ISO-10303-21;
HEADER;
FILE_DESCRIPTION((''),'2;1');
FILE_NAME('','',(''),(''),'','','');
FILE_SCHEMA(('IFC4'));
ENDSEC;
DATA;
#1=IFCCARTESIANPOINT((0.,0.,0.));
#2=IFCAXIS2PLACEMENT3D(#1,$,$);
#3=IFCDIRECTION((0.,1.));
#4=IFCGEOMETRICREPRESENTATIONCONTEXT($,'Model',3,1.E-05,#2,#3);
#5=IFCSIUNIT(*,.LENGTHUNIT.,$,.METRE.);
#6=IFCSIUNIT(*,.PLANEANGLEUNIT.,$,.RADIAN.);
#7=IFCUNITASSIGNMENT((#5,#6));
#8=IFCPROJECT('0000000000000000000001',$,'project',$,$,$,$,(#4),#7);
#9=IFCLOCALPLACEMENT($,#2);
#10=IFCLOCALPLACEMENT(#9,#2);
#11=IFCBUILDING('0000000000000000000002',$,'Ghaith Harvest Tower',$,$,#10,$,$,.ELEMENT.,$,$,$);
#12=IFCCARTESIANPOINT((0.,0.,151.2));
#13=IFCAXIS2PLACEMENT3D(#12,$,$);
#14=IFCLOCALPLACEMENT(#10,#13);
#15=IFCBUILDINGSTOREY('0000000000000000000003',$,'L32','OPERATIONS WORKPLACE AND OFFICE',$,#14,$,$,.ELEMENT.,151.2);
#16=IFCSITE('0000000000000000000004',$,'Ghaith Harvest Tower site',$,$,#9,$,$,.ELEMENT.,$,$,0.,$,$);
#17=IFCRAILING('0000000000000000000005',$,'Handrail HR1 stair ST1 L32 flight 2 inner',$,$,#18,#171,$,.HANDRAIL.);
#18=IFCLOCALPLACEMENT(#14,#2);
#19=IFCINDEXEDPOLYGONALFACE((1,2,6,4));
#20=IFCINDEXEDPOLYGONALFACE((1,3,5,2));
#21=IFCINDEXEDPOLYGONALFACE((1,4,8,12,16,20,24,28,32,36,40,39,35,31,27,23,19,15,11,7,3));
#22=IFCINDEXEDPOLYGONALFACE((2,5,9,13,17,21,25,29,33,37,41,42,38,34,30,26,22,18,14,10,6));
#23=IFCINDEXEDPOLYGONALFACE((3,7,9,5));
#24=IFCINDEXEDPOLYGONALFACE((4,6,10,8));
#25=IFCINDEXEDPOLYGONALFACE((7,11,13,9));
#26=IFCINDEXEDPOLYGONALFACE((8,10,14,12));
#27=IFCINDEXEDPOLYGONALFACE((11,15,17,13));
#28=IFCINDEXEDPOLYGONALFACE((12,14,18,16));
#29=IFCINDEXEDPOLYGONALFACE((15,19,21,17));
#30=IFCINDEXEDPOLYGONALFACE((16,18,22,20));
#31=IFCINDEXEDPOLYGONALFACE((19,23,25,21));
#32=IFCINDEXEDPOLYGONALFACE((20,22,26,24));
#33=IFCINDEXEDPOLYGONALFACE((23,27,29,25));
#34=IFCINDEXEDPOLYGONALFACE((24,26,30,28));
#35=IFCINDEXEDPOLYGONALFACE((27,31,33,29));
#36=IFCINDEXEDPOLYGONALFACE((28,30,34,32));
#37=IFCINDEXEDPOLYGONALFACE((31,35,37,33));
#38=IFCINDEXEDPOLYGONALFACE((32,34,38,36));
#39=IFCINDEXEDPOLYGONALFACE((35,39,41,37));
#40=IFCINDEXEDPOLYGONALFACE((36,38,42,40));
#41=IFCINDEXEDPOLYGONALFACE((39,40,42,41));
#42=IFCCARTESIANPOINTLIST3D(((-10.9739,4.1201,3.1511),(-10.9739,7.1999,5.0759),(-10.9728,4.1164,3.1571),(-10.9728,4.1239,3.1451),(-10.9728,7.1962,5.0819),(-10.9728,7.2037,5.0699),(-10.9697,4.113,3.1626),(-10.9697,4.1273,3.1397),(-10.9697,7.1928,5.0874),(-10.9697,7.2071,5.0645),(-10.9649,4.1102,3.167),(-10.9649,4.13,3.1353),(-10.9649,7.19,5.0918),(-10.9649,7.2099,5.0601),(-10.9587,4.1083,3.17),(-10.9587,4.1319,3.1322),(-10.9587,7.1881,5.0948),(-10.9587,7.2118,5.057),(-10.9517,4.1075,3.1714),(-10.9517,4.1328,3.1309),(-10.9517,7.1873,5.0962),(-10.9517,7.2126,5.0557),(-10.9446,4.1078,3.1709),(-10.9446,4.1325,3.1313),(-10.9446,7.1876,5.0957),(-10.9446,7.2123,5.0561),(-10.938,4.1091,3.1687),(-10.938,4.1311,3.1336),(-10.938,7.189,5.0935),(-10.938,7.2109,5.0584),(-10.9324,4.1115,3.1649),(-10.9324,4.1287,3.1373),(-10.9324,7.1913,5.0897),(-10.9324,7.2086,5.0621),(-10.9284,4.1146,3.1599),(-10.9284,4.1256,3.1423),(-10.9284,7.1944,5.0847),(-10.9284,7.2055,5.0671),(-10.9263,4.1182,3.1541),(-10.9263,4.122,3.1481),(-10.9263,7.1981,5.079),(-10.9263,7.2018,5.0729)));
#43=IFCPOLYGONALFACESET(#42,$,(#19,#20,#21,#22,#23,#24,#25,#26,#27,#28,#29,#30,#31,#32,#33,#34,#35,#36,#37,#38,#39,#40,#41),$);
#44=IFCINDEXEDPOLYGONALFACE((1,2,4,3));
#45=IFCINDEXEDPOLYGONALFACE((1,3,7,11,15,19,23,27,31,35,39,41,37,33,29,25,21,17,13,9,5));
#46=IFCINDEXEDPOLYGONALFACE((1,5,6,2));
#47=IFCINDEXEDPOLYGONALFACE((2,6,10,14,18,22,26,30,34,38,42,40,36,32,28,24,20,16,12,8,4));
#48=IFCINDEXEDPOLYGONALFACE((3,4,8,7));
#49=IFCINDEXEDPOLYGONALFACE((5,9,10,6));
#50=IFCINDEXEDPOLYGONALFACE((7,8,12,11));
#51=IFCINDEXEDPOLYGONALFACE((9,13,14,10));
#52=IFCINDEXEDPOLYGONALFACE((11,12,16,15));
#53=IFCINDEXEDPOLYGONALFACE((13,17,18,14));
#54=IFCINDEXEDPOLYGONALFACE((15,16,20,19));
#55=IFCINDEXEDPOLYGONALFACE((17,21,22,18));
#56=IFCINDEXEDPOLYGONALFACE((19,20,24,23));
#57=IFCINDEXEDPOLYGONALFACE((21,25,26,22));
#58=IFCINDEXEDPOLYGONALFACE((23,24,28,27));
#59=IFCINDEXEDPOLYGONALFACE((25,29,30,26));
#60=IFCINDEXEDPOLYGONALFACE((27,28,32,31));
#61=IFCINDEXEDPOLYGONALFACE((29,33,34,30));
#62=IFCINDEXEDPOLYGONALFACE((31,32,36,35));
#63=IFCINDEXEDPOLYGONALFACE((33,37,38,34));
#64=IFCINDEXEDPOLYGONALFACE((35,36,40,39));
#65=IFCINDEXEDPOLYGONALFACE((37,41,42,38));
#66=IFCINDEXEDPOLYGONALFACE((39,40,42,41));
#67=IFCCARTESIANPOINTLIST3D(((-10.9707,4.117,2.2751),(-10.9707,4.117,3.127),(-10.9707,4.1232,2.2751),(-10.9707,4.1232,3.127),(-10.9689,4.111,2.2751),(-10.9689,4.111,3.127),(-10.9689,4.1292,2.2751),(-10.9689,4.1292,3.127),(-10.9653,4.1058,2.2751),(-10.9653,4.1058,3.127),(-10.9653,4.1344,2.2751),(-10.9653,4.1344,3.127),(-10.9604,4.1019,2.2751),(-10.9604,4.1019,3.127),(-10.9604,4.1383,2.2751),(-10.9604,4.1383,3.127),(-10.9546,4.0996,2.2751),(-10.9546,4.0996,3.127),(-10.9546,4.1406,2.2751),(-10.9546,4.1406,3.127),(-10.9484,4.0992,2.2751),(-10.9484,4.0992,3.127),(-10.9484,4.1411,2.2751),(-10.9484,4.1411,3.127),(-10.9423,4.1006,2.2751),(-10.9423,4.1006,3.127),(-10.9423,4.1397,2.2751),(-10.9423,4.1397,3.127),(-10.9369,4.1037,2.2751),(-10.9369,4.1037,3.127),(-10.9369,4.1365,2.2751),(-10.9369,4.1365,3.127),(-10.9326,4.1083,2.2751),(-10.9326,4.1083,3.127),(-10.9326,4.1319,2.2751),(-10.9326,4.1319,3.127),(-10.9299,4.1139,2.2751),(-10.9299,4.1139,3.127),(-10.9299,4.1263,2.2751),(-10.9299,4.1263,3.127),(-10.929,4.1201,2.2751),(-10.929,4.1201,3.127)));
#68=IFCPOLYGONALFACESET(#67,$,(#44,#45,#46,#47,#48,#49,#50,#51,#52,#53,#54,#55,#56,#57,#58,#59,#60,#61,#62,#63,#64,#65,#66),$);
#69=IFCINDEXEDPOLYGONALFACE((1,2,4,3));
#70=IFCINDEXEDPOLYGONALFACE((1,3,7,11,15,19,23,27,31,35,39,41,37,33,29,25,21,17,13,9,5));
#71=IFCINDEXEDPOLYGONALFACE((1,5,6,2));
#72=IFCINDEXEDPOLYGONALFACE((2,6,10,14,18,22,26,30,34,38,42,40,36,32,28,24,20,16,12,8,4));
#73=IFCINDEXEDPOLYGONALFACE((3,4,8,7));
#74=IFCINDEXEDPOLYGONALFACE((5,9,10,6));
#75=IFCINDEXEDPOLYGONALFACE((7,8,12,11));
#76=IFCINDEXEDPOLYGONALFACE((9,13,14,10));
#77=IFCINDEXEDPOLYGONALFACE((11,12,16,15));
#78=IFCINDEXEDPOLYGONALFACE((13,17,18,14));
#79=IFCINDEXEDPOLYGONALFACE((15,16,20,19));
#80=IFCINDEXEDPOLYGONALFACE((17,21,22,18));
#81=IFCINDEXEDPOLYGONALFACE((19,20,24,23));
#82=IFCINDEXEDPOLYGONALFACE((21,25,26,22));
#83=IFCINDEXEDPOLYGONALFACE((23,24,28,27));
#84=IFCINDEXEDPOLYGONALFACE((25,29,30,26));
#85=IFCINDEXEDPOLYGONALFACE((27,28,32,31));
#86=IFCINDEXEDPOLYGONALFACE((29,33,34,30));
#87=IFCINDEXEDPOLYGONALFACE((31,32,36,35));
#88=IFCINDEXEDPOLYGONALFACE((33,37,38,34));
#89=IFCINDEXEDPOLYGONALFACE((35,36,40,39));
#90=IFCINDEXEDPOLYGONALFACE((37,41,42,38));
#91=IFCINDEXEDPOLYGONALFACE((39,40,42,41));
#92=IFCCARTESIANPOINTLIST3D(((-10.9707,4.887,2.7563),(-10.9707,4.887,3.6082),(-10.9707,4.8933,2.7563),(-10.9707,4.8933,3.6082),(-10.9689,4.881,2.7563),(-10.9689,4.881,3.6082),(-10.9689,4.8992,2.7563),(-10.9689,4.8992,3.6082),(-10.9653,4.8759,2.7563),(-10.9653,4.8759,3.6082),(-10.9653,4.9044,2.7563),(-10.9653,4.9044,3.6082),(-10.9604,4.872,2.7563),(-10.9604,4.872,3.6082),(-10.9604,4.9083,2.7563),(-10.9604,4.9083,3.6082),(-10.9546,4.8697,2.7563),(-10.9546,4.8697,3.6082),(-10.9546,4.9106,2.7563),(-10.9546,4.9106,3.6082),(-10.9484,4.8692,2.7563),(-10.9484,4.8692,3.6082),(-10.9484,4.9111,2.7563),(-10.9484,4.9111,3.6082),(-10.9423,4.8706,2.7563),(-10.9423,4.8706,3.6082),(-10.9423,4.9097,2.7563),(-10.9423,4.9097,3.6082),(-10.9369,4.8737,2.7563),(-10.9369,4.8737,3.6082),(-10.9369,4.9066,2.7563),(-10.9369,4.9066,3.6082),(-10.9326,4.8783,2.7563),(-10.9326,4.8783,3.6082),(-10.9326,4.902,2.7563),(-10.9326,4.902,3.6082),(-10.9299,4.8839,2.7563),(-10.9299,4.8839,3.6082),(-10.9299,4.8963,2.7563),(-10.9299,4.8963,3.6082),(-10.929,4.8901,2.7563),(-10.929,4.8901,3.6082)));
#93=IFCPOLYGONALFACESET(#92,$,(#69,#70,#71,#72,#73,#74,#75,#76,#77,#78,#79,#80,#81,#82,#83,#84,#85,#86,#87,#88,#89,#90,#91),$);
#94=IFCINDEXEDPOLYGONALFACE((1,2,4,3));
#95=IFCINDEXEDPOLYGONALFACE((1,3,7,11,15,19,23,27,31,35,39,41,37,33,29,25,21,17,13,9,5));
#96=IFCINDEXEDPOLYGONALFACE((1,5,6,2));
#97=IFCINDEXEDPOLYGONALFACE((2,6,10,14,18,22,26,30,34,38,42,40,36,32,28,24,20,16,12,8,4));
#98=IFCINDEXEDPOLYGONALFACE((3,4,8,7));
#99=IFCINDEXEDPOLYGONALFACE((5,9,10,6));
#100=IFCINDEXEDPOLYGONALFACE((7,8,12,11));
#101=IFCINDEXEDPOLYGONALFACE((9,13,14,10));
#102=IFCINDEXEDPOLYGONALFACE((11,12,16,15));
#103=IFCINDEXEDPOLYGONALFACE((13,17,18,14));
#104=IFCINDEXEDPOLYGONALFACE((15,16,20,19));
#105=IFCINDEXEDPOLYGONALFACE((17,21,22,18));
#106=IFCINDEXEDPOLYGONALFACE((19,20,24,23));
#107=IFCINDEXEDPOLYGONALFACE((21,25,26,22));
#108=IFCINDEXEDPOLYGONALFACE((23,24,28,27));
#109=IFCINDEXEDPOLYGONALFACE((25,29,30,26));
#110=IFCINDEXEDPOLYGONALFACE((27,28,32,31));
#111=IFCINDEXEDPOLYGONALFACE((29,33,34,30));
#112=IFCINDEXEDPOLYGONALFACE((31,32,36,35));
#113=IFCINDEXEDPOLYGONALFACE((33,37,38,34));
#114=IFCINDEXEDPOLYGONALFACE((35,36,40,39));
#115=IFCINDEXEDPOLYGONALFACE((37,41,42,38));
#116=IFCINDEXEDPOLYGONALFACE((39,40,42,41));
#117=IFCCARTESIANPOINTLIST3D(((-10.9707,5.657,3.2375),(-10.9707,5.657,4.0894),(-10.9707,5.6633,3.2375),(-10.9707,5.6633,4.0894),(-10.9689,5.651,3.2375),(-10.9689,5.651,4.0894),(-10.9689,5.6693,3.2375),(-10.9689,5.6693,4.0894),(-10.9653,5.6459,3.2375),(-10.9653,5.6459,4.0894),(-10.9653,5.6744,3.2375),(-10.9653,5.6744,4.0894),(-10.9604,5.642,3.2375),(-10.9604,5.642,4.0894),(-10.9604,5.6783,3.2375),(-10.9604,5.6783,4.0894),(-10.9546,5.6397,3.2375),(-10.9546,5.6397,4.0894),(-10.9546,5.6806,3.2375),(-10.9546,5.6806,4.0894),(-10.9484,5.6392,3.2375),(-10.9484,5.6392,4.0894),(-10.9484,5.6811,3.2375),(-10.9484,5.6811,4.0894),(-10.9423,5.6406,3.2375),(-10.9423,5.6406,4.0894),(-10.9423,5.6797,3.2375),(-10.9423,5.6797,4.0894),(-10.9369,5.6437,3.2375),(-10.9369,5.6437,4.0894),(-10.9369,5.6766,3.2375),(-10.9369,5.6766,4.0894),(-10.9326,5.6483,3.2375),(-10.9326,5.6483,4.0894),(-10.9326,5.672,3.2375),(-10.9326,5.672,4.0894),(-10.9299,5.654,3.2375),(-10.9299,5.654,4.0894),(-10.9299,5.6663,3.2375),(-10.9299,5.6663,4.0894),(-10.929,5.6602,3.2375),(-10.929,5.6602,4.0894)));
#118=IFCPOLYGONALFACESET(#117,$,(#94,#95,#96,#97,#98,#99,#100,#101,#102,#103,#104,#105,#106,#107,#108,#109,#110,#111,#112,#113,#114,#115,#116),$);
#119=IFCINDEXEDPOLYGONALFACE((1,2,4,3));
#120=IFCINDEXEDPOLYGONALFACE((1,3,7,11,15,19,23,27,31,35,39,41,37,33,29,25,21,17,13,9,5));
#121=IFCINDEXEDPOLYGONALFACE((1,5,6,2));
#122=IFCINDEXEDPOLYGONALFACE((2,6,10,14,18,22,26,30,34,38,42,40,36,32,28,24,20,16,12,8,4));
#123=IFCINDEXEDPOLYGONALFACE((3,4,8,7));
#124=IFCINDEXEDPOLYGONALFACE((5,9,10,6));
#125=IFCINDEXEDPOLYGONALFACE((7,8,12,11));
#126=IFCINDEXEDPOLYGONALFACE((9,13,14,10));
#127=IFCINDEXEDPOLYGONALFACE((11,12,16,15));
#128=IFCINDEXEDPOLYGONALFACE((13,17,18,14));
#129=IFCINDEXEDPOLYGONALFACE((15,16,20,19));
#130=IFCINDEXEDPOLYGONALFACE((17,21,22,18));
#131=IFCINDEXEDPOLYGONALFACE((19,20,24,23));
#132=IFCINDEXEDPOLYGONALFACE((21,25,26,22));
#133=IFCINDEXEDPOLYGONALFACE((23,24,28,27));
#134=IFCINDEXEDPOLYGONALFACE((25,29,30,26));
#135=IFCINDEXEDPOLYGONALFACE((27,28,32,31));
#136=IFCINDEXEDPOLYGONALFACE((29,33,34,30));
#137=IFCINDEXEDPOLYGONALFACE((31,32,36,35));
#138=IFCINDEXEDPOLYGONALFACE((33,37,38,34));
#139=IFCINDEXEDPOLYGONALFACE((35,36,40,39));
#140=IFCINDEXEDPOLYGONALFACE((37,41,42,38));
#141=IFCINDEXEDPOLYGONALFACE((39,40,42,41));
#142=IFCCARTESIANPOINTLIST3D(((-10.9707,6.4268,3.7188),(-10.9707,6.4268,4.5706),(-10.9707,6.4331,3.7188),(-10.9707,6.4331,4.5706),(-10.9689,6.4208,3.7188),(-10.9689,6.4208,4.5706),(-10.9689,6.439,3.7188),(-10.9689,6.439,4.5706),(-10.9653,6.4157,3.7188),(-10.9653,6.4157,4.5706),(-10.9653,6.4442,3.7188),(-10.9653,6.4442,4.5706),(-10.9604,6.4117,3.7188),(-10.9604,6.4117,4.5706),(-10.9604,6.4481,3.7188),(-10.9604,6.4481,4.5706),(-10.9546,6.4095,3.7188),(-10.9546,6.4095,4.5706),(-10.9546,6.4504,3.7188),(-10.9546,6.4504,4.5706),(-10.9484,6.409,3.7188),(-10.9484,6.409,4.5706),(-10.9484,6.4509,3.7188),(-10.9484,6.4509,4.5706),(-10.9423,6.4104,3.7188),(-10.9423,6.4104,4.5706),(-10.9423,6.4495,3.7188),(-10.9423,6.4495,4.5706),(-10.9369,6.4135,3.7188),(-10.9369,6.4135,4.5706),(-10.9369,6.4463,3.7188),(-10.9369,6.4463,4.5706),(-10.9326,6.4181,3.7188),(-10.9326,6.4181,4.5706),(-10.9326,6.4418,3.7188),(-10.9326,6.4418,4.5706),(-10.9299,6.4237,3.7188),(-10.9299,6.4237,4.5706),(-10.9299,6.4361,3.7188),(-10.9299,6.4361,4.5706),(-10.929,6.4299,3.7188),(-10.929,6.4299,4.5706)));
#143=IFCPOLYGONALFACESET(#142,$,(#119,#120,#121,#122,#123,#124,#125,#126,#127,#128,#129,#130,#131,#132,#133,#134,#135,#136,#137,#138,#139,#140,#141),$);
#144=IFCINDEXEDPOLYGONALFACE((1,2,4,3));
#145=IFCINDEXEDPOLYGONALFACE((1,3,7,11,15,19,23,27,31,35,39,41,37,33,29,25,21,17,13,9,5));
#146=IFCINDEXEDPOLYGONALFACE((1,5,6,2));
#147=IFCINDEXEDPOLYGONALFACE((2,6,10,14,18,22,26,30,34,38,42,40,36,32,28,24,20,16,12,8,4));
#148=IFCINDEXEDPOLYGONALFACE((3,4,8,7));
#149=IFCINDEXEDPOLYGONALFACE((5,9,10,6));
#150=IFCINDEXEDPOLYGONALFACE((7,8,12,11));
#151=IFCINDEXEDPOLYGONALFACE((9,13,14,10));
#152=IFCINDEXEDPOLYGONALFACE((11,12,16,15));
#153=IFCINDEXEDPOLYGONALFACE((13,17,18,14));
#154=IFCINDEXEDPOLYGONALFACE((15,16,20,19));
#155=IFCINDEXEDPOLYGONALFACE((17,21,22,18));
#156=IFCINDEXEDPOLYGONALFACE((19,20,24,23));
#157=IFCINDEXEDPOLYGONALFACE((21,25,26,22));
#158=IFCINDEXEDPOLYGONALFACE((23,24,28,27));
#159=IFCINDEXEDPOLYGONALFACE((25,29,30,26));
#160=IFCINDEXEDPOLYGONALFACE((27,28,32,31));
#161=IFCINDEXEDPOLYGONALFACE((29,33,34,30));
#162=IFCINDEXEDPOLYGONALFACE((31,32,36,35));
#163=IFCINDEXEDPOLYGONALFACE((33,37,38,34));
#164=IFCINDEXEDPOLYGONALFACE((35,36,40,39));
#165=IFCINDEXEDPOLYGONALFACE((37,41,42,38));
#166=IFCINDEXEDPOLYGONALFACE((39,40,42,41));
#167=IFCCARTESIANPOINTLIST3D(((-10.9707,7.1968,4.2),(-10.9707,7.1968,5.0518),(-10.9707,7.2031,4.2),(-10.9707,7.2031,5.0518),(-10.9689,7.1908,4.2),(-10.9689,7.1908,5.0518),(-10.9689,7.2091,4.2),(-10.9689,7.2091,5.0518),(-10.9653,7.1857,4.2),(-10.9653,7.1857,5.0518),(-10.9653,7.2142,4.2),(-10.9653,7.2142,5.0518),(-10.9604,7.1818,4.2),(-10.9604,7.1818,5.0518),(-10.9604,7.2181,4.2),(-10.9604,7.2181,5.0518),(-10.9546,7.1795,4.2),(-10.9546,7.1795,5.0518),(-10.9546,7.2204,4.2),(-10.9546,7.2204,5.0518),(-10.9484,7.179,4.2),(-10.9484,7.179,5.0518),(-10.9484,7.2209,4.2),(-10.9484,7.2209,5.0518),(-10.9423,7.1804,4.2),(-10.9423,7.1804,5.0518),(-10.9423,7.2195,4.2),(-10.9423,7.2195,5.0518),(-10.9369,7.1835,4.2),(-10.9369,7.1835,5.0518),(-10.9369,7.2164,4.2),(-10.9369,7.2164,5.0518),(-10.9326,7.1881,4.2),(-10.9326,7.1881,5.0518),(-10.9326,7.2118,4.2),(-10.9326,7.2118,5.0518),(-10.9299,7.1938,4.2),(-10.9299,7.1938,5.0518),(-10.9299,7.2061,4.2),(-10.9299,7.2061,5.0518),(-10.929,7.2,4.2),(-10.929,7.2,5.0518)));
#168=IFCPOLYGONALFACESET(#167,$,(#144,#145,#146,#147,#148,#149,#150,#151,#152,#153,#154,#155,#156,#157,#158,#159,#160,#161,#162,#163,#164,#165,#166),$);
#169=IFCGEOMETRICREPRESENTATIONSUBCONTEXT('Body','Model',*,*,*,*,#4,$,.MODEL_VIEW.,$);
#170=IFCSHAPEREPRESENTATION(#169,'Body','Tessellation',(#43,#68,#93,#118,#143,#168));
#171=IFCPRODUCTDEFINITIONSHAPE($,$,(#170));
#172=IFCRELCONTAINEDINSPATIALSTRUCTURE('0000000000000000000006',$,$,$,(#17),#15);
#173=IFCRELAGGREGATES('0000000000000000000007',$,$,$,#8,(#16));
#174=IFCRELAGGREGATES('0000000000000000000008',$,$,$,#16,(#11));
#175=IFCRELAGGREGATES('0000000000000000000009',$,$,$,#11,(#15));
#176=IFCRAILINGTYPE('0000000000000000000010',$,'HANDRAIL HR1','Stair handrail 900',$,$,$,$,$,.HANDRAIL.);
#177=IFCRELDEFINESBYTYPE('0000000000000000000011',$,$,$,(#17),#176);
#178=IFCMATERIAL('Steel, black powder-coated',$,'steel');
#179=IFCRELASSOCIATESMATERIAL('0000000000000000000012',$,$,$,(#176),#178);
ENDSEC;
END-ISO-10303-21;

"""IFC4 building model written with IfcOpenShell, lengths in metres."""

from ifc_helpers import new_model, si_unit, direction, frame, origin, origin_2d, place, context, subcontext, project, spatial, circle, extrude, material, type_object, element, save


model = new_model("IFC4")

# Units and contexts
model_context = context("Model", 3, precision=1e-05, world=origin(), true_north=direction((0.0, 1.0)))
body_context = subcontext(model_context, "Body", "Model", "MODEL_VIEW")
ifc_project = project(units=[si_unit("LENGTHUNIT", "METRE"), si_unit("PLANEANGLEUNIT", "RADIAN")], contexts=[model_context])

# Site, building, storey
site_placement = place(None, origin())
site = spatial("IfcSite", under=ifc_project, at=site_placement, Name="Ghaith Harvest Tower site", CompositionType="ELEMENT", RefElevation=0.0)
building_placement = place(site_placement, origin())
building = spatial("IfcBuilding", under=site, at=building_placement, Name="Ghaith Harvest Tower", CompositionType="ELEMENT")
storey_placement = place(building_placement, frame((0.0, 0.0, 151.2)))
storey = spatial("IfcBuildingStorey", under=building, at=storey_placement, Name="L32", Description="OPERATIONS WORKPLACE AND OFFICE", CompositionType="ELEMENT", Elevation=151.2)

# Railing
ifc_material_1 = material(Name="Steel, black powder-coated", Category="steel")
railing_type = type_object("IfcRailingType", Name="HANDRAIL HR1", Description="Stair handrail 900", PredefinedType="HANDRAIL", material=ifc_material_1)
railing_1_placement = place(storey_placement, frame((-10.95, 4.1201, 2.2751)))
element("IfcRailing", 1, at=railing_1_placement, inside=storey, type_object=railing_type, Name="Handrail HR1 stair ST1 L32 flight 2 inner", PredefinedType="HANDRAIL", context=body_context, shape_type="SweptSolid", body=[
    extrude(circle(Radius=0.0239, at=origin_2d()), frame((0.0, 0.0, 0.876), z_axis=(0.0, 0.84801, 0.529981), x_axis=(-1.0, 0.0, 0.0)), (0.0, 0.0, 1.0), 3.6318),
    extrude(circle(Radius=0.021, at=origin_2d()), origin(), (0.0, 0.0, 1.0), 0.8518),
    extrude(circle(Radius=0.021, at=origin_2d()), frame((0.0, 0.77, 0.4812)), (0.0, 0.0, 1.0), 0.8518),
    extrude(circle(Radius=0.021, at=origin_2d()), frame((0.0, 1.54, 0.9624)), (0.0, 0.0, 1.0), 0.8518),
    extrude(circle(Radius=0.021, at=origin_2d()), frame((0.0, 2.3098, 1.4436)), (0.0, 0.0, 1.0), 0.8518),
    extrude(circle(Radius=0.021, at=origin_2d()), frame((0.0, 3.0798, 1.9248)), (0.0, 0.0, 1.0), 0.8518),
])

save(model, "model.ifc")
